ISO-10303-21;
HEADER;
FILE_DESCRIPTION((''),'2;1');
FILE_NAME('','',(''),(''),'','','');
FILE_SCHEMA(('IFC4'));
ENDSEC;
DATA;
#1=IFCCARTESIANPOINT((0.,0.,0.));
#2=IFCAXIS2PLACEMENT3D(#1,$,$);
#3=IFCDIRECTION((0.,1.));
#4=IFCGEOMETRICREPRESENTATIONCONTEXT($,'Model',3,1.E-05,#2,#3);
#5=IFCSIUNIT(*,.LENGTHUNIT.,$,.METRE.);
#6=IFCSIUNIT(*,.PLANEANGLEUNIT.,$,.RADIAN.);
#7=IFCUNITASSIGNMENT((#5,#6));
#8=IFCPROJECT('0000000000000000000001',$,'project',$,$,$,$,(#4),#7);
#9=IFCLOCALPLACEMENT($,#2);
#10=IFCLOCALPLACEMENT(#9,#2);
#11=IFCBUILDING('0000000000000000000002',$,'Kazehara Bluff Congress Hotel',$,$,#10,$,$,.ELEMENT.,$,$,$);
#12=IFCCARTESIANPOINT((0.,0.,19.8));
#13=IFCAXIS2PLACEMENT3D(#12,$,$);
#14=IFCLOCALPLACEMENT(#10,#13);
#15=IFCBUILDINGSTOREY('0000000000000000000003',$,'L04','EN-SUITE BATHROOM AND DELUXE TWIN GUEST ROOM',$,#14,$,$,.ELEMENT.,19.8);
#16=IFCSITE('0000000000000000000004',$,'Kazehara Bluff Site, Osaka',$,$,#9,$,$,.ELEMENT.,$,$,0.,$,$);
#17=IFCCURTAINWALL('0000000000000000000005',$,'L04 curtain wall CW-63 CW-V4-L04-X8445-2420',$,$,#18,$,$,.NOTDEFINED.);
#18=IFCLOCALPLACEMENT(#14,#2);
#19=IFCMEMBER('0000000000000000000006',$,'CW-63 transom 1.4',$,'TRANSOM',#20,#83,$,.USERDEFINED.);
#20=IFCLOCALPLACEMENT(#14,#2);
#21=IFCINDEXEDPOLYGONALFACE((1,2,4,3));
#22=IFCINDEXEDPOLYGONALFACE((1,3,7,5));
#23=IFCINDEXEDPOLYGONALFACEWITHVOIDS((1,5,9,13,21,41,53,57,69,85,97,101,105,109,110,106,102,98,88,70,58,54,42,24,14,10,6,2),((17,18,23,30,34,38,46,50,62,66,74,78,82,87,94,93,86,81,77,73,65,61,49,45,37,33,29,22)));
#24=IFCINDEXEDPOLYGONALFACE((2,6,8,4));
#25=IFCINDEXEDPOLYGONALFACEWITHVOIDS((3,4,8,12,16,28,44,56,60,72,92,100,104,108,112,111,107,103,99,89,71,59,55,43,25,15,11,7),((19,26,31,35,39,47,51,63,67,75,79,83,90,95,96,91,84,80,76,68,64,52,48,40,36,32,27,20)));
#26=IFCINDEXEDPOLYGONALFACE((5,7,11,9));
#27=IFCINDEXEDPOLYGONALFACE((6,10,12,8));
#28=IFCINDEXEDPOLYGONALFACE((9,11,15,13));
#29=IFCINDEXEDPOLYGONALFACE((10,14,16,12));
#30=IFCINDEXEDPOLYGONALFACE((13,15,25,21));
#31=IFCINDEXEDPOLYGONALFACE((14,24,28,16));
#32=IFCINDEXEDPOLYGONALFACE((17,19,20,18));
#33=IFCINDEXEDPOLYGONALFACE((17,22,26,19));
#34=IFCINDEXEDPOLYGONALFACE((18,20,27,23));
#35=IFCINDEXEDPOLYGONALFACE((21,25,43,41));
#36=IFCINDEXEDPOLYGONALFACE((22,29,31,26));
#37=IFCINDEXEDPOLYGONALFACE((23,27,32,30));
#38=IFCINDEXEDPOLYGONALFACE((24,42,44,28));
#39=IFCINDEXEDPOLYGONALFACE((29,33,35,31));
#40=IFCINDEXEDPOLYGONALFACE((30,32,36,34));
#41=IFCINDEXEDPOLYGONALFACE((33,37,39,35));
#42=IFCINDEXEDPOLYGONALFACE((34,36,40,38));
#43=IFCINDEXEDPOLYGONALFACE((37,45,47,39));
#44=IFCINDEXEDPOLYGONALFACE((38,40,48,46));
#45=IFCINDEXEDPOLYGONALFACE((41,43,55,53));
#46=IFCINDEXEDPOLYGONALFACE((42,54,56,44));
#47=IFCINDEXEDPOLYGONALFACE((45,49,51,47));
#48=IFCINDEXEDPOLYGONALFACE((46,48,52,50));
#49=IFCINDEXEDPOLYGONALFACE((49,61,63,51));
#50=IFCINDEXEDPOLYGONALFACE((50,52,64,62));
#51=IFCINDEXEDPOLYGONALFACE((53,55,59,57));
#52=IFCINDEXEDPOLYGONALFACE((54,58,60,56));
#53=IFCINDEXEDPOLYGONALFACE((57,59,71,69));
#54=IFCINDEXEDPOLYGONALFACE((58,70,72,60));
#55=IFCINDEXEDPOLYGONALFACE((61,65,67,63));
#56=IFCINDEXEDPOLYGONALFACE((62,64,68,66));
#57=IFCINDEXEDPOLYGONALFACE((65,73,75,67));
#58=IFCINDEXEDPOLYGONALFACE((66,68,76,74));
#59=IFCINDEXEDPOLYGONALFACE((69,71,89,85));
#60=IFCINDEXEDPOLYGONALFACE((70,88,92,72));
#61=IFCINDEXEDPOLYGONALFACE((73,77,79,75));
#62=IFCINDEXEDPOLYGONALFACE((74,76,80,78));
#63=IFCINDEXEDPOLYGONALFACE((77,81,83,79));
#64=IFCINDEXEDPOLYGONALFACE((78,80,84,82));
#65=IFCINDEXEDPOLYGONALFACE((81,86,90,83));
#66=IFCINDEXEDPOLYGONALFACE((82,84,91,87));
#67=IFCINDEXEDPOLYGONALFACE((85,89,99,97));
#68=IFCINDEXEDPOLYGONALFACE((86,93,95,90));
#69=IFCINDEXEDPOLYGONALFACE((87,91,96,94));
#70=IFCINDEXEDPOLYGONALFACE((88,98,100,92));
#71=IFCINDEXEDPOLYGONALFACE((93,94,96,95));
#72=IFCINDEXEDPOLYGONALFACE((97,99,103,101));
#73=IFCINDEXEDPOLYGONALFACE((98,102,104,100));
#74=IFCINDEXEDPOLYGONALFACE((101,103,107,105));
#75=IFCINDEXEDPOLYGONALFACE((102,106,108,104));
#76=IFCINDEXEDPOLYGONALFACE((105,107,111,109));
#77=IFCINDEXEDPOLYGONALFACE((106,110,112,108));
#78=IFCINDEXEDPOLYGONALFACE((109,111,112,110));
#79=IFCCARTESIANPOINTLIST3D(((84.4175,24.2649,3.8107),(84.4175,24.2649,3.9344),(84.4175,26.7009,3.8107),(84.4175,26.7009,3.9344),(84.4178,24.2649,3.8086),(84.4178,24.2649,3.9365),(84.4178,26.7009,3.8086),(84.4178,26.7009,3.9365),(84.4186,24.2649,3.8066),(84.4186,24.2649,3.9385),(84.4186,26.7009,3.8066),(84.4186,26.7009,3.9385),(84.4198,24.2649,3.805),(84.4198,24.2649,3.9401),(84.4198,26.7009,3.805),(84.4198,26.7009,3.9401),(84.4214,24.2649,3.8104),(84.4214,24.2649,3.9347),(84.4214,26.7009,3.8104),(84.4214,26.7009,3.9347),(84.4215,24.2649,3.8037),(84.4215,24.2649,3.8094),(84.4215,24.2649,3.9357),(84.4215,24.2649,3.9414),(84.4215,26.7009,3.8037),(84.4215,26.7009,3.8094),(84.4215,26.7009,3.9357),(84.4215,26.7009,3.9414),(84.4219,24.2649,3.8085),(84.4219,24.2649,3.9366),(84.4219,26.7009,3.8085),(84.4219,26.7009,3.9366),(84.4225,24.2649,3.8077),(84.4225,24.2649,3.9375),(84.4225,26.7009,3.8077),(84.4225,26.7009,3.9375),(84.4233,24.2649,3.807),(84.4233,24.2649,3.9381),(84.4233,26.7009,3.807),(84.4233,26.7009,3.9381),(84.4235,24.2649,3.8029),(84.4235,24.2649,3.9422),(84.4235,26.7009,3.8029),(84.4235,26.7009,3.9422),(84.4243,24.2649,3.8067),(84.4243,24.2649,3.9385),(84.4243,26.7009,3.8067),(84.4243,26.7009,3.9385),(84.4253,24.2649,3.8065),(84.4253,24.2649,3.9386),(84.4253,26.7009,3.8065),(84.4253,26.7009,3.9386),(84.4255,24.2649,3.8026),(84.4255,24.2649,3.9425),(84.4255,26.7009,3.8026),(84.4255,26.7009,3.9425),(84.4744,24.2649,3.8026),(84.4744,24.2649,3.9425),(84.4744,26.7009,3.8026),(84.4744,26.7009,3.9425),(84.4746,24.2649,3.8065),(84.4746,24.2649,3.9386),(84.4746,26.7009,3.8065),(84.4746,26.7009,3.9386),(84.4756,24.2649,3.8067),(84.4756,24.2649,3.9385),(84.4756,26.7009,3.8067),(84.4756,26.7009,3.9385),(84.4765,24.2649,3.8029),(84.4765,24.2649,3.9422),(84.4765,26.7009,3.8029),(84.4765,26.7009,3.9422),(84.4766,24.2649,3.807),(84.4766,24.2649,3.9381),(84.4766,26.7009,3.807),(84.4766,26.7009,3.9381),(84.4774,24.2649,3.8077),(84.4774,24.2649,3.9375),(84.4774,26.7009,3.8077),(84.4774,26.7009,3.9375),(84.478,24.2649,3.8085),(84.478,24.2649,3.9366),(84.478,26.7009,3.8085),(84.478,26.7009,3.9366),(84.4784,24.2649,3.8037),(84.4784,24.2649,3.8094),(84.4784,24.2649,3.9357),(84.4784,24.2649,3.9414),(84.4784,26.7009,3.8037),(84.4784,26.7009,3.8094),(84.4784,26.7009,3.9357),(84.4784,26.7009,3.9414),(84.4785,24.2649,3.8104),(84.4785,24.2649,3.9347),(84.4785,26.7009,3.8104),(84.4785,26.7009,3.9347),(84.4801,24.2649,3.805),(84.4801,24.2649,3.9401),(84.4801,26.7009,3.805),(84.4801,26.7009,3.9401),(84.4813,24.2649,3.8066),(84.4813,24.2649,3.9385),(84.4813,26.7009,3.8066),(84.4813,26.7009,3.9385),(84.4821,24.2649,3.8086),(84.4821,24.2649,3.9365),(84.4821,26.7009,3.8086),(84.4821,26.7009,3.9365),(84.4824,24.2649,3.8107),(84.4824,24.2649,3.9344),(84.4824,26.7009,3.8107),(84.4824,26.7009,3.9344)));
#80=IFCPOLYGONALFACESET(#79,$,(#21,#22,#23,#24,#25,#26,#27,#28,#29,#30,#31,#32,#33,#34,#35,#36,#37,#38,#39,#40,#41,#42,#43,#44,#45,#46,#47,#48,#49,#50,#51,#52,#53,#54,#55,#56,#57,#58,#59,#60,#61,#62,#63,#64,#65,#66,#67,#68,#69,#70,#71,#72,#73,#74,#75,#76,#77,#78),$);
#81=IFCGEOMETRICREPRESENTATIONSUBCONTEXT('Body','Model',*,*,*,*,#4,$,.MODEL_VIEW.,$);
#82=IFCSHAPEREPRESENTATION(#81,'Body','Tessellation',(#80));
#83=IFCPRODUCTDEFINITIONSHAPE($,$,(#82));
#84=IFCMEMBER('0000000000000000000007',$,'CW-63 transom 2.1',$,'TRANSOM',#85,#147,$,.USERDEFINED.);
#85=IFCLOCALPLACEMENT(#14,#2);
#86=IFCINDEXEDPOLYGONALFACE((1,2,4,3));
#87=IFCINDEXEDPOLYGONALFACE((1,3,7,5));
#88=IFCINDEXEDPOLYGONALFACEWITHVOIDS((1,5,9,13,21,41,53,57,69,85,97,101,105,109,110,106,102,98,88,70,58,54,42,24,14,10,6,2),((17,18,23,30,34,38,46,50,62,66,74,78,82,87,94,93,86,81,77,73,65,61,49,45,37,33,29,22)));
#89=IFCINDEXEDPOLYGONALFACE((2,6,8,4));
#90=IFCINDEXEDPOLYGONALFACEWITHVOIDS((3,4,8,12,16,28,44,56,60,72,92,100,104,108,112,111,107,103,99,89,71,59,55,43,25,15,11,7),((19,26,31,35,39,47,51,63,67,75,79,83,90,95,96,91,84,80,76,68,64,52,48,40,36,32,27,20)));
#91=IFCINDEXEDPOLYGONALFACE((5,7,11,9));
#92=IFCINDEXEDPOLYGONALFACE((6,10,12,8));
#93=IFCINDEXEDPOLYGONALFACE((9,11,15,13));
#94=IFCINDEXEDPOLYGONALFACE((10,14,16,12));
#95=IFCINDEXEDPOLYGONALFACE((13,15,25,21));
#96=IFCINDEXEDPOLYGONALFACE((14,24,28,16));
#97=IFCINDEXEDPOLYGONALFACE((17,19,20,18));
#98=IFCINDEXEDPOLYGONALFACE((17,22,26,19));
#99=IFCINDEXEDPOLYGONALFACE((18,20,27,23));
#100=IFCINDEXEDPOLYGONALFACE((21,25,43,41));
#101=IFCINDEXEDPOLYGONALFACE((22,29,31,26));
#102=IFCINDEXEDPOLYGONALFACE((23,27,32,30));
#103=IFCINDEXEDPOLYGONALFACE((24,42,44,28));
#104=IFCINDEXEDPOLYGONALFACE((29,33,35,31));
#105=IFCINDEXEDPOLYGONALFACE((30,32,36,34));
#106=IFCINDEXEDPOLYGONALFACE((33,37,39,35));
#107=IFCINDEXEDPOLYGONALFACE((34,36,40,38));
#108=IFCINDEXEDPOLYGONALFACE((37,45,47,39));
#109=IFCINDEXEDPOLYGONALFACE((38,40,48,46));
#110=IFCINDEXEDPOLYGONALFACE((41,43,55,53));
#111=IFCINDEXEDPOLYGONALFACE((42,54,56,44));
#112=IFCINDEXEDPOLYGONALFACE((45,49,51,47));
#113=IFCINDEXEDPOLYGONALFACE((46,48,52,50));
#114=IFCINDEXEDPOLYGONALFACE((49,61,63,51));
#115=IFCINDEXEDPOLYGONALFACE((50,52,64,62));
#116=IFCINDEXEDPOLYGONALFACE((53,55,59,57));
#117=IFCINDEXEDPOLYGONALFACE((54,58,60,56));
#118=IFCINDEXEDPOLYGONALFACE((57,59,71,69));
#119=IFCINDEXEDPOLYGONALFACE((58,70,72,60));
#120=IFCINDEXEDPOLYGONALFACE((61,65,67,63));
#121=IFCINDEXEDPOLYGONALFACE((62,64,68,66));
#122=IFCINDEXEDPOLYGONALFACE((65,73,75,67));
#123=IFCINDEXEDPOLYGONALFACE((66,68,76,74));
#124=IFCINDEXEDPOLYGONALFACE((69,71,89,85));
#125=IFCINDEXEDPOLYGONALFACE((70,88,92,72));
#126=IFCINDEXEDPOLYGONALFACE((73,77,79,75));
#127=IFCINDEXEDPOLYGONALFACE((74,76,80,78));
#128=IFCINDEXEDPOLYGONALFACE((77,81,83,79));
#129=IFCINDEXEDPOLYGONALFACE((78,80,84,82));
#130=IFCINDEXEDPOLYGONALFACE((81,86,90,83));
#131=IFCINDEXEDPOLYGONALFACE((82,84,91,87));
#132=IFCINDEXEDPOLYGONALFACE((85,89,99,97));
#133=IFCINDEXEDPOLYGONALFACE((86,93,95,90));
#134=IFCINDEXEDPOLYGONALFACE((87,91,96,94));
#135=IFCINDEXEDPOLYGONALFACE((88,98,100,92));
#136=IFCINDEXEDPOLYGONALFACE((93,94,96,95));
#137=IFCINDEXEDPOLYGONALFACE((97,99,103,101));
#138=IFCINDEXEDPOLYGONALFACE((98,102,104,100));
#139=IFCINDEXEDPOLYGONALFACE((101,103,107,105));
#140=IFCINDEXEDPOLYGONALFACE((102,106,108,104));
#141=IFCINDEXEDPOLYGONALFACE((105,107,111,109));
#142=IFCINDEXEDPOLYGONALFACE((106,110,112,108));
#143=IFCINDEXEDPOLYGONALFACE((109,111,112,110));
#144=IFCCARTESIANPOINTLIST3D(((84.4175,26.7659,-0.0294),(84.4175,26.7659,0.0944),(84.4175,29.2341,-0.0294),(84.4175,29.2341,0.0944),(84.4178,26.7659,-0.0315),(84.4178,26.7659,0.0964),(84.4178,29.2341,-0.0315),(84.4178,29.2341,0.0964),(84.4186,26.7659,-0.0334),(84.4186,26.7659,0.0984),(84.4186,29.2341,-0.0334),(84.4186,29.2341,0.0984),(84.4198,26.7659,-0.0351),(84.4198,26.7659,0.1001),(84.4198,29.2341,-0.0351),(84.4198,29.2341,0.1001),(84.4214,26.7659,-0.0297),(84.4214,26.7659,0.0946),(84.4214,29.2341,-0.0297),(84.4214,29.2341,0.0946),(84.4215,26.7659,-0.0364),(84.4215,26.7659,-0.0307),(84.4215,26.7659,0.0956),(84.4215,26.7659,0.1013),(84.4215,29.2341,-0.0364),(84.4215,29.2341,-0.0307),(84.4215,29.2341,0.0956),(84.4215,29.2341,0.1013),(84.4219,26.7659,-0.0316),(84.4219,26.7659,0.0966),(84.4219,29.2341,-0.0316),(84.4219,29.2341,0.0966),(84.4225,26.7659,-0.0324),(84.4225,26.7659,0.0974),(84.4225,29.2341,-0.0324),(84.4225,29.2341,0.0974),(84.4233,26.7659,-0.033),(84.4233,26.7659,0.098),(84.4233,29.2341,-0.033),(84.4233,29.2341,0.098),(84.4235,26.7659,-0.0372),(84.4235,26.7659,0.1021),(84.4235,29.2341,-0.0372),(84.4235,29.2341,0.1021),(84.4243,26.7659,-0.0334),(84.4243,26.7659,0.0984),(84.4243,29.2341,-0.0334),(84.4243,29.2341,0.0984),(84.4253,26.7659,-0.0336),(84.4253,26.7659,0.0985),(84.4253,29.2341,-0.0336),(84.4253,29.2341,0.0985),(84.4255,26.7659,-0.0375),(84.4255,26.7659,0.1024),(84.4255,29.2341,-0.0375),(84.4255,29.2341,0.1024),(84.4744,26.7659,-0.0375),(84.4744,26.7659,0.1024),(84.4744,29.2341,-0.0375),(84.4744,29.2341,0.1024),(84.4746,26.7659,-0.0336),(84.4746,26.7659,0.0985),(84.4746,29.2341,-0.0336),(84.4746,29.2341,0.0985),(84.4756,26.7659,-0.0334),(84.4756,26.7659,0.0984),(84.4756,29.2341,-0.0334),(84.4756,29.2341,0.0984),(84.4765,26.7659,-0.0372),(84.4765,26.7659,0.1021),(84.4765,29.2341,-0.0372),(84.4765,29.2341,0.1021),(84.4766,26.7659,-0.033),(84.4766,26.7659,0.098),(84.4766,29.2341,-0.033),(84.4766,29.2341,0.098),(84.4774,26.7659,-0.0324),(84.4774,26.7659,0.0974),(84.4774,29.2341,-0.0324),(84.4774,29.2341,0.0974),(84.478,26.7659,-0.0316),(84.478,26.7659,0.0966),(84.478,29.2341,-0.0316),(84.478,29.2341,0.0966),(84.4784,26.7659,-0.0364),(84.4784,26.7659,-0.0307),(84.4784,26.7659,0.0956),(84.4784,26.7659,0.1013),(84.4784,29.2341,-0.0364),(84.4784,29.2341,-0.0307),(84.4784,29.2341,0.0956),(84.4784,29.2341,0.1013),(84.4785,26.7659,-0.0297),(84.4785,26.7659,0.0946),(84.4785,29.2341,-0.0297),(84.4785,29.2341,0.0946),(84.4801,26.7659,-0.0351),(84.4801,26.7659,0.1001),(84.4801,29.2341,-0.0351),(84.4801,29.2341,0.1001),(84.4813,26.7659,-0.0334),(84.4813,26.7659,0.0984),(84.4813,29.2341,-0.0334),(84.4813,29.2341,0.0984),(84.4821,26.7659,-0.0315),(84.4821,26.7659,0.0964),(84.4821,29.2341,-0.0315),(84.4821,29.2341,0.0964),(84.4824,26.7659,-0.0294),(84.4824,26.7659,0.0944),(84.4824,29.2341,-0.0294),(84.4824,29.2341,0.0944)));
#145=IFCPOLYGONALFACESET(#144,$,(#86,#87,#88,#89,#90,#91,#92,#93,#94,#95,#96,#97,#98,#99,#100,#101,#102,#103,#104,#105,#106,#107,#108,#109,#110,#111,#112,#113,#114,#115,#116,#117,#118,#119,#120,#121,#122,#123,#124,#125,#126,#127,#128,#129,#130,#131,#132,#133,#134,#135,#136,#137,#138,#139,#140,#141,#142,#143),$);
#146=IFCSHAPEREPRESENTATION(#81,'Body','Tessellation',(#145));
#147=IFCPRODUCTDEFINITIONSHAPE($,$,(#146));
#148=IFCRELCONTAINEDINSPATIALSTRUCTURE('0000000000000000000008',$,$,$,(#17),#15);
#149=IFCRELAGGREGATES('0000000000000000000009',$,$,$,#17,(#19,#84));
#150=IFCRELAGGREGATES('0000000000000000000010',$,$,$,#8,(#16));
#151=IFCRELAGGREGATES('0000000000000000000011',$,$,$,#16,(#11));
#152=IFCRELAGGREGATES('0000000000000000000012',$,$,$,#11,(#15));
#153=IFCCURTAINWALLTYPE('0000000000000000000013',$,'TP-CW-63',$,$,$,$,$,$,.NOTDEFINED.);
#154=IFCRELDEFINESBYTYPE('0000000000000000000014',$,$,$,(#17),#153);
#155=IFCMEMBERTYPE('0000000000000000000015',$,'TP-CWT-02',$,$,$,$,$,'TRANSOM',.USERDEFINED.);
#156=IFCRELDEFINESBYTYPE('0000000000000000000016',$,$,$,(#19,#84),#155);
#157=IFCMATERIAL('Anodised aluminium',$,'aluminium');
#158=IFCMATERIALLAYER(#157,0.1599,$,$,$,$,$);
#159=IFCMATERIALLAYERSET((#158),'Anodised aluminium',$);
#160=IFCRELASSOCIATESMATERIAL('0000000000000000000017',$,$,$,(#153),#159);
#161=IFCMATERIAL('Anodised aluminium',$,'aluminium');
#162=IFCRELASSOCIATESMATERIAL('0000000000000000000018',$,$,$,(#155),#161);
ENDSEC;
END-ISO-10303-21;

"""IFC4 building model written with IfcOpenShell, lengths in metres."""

from ifc_helpers import new_model, si_unit, direction, frame, origin, origin_2d, place, context, subcontext, project, spatial, hollow_rectangle, extrude, material, layer, layer_set, material_profile, profile_set, type_object, element, aggregate, save


model = new_model("IFC4")

# Units and contexts
model_context = context("Model", 3, precision=1e-05, world=origin(), true_north=direction((0.0, 1.0)))
body_context = subcontext(model_context, "Body", "Model", "MODEL_VIEW")
ifc_project = project(units=[si_unit("LENGTHUNIT", "METRE"), si_unit("PLANEANGLEUNIT", "RADIAN")], contexts=[model_context])

# Site, building, storey
site_placement = place(None, origin())
site = spatial("IfcSite", under=ifc_project, at=site_placement, Name="Kazehara Bluff Site, Osaka", CompositionType="ELEMENT", RefElevation=0.0)
building_placement = place(site_placement, origin())
building = spatial("IfcBuilding", under=site, at=building_placement, Name="Kazehara Bluff Congress Hotel", CompositionType="ELEMENT")
storey_placement = place(building_placement, frame((0.0, 0.0, 19.8)))
storey = spatial("IfcBuildingStorey", under=building, at=storey_placement, Name="L04", Description="EN-SUITE BATHROOM AND DELUXE TWIN GUEST ROOM", CompositionType="ELEMENT", Elevation=19.8)

# Curtain wall, members
ifc_material_1 = material(Name="Anodised aluminium", Category="aluminium")
ifc_layer_1 = layer(ifc_material_1, 0.1599)
ifc_layer_set_1 = layer_set([ifc_layer_1], Name="Anodised aluminium")
curtain_wall_type = type_object("IfcCurtainWallType", Name="TP-CW-63", PredefinedType="NOTDEFINED", material=ifc_layer_set_1)
curtain_wall_placement = place(storey_placement, origin())
curtain_wall = element("IfcCurtainWall", 1, at=curtain_wall_placement, inside=storey, type_object=curtain_wall_type, Name="L04 curtain wall CW-63 CW-V4-L04-X8445-2420", PredefinedType="NOTDEFINED")
ifc_material_2 = material(Name="Anodised aluminium", Category="aluminium")
ifc_material_profile_1 = material_profile(ifc_material_2, hollow_rectangle(XDim=0.0649, YDim=0.1399, WallThickness=0.0039, InnerFilletRadius=0.0039, OuterFilletRadius=0.0081, at=origin_2d()))
ifc_profile_set_1 = profile_set([ifc_material_profile_1], Name="Anodised aluminium")
member_type_1 = type_object("IfcMemberType", Name="TP-CWT-02", ElementType="TRANSOM", PredefinedType="USERDEFINED", material=ifc_profile_set_1)
member_1_placement = place(storey_placement, frame((84.45, 24.2649, 3.8726), z_axis=(0.0, 1.0, 0.0), x_axis=(-1.0, 0.0, 0.0)))
member_1 = element("IfcMember", 2, at=member_1_placement, type_object=member_type_1, Name="CW-63 transom 1.4", ObjectType="TRANSOM", PredefinedType="USERDEFINED", context=body_context, shape_type="SweptSolid", body=[
    extrude(hollow_rectangle(XDim=0.0649, YDim=0.1399, WallThickness=0.0039, InnerFilletRadius=0.0039, OuterFilletRadius=0.0081, at=origin_2d()), origin(), (0.0, 0.0, 1.0), 2.436),
])
member_2_placement = place(storey_placement, frame((84.45, 26.7659, 0.0325), z_axis=(0.0, 1.0, 0.0), x_axis=(-1.0, 0.0, 0.0)))
member_2 = element("IfcMember", 3, at=member_2_placement, type_object=member_type_1, Name="CW-63 transom 2.1", ObjectType="TRANSOM", PredefinedType="USERDEFINED", context=body_context, shape_type="SweptSolid", body=[
    extrude(hollow_rectangle(XDim=0.0649, YDim=0.1399, WallThickness=0.0039, InnerFilletRadius=0.0039, OuterFilletRadius=0.0081, at=origin_2d()), origin(), (0.0, 0.0, 1.0), 2.4683),
])

aggregate(curtain_wall, [member_1, member_2])

save(model, "model.ifc")
